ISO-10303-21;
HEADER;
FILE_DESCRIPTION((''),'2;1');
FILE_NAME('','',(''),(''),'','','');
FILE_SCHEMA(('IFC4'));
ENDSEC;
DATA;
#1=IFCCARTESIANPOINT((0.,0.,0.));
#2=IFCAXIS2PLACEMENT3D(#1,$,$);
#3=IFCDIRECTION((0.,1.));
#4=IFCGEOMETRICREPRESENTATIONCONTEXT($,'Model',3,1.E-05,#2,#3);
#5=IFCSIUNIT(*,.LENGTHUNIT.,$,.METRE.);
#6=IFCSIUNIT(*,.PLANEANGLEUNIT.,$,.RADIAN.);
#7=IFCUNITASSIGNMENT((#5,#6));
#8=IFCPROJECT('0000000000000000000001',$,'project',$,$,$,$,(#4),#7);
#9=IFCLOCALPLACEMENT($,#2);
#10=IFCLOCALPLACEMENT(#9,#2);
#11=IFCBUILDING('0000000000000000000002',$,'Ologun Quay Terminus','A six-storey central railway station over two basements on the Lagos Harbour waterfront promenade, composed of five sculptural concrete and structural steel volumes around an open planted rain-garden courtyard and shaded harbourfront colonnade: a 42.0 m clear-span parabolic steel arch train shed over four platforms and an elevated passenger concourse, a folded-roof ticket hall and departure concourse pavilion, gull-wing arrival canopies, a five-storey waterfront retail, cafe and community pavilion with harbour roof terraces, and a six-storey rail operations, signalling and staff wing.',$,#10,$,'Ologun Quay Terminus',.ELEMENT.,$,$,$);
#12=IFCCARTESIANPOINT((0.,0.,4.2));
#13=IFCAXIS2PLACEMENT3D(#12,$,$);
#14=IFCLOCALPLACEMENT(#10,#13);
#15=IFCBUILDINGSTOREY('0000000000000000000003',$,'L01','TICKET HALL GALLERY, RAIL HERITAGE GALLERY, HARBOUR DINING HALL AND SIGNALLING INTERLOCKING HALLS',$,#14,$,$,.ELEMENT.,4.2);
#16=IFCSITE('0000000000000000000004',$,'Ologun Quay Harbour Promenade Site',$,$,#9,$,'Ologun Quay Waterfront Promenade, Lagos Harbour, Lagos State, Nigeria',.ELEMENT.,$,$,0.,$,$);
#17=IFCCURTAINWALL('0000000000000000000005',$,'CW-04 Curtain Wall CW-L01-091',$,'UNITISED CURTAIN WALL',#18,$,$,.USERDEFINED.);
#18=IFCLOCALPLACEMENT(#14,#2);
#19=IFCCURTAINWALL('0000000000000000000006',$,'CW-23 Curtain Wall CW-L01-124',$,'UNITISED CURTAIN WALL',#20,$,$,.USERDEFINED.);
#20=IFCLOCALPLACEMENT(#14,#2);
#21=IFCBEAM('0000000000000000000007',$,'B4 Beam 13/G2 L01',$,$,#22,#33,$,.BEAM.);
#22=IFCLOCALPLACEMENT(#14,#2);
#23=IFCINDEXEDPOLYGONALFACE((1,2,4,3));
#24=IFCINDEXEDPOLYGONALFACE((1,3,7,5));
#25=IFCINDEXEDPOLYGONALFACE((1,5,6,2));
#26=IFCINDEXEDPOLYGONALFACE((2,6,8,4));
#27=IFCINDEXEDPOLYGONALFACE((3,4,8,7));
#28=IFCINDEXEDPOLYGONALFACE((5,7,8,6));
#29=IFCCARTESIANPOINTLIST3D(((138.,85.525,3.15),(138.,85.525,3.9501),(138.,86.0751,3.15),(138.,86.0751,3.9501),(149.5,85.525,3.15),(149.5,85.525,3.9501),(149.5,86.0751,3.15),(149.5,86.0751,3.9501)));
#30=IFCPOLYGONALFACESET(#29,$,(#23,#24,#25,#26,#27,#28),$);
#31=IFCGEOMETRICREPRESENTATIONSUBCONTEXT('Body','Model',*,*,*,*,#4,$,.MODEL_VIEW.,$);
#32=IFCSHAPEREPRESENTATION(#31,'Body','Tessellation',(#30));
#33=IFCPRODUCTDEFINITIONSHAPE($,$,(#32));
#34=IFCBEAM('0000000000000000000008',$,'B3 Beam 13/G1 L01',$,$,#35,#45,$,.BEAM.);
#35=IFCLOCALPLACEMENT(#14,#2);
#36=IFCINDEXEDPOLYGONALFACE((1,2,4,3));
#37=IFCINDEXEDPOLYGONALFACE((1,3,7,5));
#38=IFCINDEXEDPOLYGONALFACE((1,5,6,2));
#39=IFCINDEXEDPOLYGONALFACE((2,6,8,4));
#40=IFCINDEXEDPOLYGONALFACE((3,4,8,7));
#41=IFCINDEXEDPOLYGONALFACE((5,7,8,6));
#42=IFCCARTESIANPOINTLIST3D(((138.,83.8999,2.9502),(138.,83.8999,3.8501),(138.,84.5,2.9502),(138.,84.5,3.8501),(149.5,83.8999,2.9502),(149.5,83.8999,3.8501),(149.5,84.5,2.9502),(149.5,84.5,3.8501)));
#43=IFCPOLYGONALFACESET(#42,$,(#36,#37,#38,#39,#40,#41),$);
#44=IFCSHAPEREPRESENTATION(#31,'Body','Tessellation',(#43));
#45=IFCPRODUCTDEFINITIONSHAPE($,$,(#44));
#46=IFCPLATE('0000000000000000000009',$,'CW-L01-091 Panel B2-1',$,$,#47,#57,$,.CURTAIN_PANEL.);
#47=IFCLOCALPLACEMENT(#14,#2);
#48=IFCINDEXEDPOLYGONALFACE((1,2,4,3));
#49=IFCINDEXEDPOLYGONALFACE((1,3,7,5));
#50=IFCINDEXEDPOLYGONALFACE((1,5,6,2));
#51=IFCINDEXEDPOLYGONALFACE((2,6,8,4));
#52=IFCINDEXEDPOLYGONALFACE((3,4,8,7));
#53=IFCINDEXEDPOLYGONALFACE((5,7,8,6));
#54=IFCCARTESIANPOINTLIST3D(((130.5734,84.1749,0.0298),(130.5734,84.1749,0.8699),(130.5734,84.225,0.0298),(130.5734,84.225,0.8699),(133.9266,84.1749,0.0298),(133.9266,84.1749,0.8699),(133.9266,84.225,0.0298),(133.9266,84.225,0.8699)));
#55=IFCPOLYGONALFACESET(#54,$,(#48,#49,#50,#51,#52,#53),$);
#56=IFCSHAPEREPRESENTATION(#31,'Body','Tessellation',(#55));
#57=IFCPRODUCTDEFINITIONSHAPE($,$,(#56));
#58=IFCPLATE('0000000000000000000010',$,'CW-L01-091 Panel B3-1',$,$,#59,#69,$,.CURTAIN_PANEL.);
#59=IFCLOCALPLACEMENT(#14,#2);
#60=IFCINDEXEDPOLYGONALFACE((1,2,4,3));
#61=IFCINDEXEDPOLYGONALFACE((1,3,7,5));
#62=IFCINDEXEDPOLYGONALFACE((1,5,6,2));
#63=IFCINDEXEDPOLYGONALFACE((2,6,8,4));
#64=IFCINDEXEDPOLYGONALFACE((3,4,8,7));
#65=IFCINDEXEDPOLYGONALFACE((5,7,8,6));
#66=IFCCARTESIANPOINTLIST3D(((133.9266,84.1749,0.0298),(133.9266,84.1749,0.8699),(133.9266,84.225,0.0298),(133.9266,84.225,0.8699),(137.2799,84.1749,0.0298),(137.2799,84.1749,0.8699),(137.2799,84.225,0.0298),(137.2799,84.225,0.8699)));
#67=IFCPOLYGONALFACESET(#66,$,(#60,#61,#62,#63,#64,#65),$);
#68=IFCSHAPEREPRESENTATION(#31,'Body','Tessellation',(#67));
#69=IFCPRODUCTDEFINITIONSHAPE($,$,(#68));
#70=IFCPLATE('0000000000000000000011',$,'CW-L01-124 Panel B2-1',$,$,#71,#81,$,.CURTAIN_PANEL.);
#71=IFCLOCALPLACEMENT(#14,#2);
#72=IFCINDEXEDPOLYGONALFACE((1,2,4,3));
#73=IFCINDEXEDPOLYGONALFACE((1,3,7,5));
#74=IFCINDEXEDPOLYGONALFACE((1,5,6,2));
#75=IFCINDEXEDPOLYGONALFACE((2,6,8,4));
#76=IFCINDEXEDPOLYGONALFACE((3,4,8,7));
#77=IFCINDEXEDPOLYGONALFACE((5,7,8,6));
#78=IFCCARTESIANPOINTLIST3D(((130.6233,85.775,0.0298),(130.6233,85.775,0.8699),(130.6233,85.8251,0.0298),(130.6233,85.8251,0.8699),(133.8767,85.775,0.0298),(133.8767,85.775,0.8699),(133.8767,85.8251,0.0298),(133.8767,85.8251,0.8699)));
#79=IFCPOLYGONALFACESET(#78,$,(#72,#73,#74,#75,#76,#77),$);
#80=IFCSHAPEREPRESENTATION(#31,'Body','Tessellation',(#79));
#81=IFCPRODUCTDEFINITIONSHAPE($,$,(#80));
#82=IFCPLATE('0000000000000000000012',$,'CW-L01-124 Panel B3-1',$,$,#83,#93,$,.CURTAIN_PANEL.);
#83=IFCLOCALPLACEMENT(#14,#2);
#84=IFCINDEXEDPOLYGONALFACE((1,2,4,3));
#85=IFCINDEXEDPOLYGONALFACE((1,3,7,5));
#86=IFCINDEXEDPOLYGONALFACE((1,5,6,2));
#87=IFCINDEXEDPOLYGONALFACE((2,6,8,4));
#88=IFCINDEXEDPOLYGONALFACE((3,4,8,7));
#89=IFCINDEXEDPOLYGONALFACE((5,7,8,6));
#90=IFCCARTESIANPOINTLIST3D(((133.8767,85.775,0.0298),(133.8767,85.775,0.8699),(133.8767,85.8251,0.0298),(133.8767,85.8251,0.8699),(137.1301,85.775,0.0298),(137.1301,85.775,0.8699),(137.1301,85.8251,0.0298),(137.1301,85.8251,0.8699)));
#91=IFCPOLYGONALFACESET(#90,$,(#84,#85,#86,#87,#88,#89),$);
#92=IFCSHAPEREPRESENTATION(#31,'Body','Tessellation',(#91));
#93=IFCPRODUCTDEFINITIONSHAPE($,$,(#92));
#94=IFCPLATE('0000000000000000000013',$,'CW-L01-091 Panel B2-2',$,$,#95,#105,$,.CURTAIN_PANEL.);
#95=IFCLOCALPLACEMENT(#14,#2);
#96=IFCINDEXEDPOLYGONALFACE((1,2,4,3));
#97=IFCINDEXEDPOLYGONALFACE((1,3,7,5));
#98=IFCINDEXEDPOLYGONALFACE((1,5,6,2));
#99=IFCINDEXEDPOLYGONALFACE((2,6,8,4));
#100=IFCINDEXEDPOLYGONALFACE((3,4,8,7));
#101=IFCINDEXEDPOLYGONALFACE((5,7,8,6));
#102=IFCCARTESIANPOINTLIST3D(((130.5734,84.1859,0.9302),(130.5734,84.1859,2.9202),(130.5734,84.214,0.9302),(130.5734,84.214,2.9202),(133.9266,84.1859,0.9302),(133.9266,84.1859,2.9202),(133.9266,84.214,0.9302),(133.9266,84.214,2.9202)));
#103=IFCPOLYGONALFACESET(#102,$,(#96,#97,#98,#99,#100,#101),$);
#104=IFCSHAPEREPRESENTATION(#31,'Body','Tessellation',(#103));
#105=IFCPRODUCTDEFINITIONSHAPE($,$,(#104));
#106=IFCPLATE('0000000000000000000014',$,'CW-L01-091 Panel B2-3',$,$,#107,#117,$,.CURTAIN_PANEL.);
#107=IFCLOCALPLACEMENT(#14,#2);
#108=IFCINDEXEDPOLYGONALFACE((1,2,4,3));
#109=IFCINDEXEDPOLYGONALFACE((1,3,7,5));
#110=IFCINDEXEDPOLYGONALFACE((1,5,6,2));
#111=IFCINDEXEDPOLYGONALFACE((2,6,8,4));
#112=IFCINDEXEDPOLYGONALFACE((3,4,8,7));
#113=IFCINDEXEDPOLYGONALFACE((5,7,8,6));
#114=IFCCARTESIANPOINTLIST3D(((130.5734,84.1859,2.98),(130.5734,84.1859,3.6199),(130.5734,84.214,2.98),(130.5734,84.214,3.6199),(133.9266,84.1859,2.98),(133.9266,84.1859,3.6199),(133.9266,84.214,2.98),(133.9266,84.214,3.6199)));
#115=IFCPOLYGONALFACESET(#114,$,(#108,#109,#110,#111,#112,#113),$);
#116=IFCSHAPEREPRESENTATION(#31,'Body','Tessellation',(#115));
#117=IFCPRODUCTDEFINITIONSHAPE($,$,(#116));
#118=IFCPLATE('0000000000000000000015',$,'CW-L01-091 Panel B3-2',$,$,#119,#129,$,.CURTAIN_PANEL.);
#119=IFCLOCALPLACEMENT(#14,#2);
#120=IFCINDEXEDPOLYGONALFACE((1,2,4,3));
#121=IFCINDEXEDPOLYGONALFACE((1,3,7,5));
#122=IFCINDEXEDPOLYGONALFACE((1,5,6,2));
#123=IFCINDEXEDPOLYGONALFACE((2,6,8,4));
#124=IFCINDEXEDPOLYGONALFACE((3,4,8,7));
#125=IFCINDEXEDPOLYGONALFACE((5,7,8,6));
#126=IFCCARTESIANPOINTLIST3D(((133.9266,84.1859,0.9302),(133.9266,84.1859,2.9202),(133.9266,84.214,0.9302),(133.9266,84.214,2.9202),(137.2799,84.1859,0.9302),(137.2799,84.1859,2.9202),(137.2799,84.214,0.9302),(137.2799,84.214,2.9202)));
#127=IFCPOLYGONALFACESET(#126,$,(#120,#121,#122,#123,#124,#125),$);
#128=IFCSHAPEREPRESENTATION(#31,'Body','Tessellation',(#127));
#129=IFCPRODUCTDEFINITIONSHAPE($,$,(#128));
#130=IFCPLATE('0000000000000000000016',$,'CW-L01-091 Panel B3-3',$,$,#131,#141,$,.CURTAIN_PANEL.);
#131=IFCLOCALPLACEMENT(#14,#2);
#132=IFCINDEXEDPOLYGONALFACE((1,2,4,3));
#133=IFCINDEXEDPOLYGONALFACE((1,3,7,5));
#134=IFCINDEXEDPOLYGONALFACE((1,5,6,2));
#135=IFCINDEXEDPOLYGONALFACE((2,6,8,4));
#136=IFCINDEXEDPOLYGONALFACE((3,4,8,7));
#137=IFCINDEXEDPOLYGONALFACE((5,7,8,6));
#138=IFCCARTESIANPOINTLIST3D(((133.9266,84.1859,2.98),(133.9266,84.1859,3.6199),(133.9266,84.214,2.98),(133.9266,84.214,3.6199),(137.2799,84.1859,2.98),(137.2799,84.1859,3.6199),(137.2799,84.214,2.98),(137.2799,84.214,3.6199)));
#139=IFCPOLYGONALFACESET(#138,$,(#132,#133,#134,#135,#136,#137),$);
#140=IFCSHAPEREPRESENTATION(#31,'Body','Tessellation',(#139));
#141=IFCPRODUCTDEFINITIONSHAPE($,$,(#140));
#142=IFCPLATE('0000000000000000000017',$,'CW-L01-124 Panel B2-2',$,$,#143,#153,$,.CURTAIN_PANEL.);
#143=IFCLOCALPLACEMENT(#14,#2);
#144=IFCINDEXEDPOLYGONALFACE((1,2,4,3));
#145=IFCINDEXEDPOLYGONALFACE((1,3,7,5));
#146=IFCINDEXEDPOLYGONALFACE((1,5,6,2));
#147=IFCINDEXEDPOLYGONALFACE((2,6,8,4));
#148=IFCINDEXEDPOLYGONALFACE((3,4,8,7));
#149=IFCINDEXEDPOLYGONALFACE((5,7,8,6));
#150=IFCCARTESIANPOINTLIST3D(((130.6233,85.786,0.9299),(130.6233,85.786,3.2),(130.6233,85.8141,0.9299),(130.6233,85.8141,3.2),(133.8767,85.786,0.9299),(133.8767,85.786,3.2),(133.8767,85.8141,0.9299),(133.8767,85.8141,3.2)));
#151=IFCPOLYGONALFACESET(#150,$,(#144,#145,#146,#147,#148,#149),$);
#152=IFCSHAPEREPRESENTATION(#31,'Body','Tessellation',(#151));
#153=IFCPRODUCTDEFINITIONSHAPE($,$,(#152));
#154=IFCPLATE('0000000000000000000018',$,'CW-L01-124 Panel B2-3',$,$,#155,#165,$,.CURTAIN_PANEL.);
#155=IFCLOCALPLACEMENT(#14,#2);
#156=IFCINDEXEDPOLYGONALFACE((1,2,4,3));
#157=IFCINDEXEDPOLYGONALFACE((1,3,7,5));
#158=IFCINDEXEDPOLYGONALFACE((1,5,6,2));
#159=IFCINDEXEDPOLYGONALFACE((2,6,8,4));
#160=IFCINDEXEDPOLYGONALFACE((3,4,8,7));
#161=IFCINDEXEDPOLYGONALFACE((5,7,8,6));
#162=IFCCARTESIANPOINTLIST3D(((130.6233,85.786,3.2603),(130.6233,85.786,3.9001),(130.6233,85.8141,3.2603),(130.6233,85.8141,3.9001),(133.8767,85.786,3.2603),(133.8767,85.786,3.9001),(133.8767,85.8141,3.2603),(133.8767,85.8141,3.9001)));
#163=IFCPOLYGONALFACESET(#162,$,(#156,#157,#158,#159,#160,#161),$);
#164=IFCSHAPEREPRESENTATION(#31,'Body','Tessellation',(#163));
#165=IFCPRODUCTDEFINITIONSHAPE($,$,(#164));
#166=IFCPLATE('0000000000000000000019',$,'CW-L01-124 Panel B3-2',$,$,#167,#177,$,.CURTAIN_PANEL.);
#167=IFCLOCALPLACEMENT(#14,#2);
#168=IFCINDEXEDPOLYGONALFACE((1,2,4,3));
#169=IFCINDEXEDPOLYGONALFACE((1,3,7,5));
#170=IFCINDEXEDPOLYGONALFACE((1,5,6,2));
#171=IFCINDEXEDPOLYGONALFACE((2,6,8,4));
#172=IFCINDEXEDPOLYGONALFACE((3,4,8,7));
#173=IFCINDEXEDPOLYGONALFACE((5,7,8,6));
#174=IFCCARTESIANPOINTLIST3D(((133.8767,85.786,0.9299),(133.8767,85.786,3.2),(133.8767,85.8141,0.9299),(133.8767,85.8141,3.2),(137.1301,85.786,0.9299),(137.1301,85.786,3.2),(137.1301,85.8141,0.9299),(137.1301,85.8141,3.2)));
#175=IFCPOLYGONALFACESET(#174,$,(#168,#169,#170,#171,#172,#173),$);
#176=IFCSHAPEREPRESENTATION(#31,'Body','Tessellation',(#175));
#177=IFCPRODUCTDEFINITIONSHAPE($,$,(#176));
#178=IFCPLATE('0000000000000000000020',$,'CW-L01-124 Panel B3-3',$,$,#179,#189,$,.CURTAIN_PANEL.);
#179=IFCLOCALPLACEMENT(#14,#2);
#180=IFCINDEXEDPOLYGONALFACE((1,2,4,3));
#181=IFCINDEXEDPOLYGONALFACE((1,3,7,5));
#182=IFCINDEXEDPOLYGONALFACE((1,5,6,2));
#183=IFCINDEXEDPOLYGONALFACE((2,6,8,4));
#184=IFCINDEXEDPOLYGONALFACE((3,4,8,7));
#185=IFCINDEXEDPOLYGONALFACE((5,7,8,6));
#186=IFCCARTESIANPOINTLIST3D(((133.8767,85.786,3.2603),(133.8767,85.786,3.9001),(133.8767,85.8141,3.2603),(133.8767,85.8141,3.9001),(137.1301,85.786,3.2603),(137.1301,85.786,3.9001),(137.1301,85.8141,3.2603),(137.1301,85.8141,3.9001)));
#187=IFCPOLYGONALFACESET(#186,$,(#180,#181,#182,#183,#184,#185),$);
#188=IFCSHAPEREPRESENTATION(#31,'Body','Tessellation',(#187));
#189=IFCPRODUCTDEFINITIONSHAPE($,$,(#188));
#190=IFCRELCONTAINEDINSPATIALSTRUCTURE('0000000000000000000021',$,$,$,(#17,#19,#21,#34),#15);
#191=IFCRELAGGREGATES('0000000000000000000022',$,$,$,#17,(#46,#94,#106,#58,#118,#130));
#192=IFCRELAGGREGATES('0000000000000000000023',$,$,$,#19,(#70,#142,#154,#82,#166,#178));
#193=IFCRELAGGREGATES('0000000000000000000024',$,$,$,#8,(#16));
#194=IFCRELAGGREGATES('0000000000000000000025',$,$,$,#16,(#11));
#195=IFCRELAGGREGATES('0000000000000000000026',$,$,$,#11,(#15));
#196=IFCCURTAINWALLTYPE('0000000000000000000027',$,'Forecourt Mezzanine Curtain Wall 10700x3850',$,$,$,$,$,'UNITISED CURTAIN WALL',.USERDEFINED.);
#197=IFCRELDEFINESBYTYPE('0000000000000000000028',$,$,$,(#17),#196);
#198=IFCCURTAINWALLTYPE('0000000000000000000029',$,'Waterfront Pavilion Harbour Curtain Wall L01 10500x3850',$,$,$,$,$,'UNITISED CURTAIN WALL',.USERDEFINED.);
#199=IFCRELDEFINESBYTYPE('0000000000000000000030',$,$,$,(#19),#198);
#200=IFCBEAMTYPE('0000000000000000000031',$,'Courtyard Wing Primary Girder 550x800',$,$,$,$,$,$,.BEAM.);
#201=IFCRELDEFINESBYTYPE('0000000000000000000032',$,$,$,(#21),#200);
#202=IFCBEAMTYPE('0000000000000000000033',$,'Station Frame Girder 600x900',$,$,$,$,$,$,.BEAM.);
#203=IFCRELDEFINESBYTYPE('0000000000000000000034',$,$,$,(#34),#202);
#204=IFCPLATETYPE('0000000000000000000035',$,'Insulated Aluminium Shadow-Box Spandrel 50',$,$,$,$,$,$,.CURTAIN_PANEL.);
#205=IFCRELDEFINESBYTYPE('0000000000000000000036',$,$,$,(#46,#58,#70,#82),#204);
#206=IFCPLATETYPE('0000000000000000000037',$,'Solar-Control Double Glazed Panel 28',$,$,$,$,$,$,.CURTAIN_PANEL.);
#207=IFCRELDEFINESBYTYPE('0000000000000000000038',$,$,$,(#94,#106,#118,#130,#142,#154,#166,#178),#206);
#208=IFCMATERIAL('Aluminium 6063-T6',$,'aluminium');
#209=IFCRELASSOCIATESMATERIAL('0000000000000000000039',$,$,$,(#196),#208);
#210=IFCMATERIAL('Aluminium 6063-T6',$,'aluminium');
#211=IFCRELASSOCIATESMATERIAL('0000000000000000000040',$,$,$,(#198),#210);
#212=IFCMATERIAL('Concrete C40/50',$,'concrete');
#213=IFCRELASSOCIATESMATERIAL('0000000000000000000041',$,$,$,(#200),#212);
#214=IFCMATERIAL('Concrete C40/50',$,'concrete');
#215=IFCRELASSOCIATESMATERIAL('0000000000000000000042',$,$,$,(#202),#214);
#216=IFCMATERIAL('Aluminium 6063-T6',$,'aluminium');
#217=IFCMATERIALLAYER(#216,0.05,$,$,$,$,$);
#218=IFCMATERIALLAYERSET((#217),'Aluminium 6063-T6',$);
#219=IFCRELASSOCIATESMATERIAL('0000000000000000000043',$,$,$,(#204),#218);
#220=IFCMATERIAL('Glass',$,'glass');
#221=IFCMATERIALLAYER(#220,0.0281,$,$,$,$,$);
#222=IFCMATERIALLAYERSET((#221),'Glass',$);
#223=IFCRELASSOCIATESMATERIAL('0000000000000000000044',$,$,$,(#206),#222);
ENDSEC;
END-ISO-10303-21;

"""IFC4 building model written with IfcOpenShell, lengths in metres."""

from ifc_helpers import new_model, si_unit, direction, frame, origin, origin_2d, place, context, subcontext, project, spatial, rectangle, extrude, material, layer, layer_set, material_profile, profile_set, type_object, element, aggregate, save


model = new_model("IFC4")

# Units and contexts
model_context = context("Model", 3, precision=1e-05, world=origin(), true_north=direction((0.0, 1.0)))
body_context = subcontext(model_context, "Body", "Model", "MODEL_VIEW")
ifc_project = project(units=[si_unit("LENGTHUNIT", "METRE"), si_unit("PLANEANGLEUNIT", "RADIAN")], contexts=[model_context])

# Site, building, storey
site_placement = place(None, origin())
site = spatial("IfcSite", under=ifc_project, at=site_placement, Name="Ologun Quay Harbour Promenade Site", LongName="Ologun Quay Waterfront Promenade, Lagos Harbour, Lagos State, Nigeria", CompositionType="ELEMENT", RefElevation=0.0)
building_placement = place(site_placement, origin())
building = spatial("IfcBuilding", under=site, at=building_placement, Name="Ologun Quay Terminus", Description="A six-storey central railway station over two basements on the Lagos Harbour waterfront promenade, composed of five sculptural concrete and structural steel volumes around an open planted rain-garden courtyard and shaded harbourfront colonnade: a 42.0 m clear-span parabolic steel arch train shed over four platforms and an elevated passenger concourse, a folded-roof ticket hall and departure concourse pavilion, gull-wing arrival canopies, a five-storey waterfront retail, cafe and community pavilion with harbour roof terraces, and a six-storey rail operations, signalling and staff wing.", LongName="Ologun Quay Terminus", CompositionType="ELEMENT")
storey_placement = place(building_placement, frame((0.0, 0.0, 4.2)))
storey = spatial("IfcBuildingStorey", under=building, at=storey_placement, Name="L01", Description="TICKET HALL GALLERY, RAIL HERITAGE GALLERY, HARBOUR DINING HALL AND SIGNALLING INTERLOCKING HALLS", CompositionType="ELEMENT", Elevation=4.2)

# Curtain walls
ifc_material_1 = material(Name="Aluminium 6063-T6", Category="aluminium")
curtain_wall_type_1 = type_object("IfcCurtainWallType", Name="Forecourt Mezzanine Curtain Wall 10700x3850", ElementType="UNITISED CURTAIN WALL", PredefinedType="USERDEFINED", material=ifc_material_1)
curtain_wall_1_placement = place(storey_placement, origin())
curtain_wall_1 = element("IfcCurtainWall", 1, at=curtain_wall_1_placement, inside=storey, type_object=curtain_wall_type_1, Name="CW-04 Curtain Wall CW-L01-091", ObjectType="UNITISED CURTAIN WALL", PredefinedType="USERDEFINED")
ifc_material_2 = material(Name="Aluminium 6063-T6", Category="aluminium")
curtain_wall_type_2 = type_object("IfcCurtainWallType", Name="Waterfront Pavilion Harbour Curtain Wall L01 10500x3850", ElementType="UNITISED CURTAIN WALL", PredefinedType="USERDEFINED", material=ifc_material_2)
curtain_wall_2_placement = place(storey_placement, origin())
curtain_wall_2 = element("IfcCurtainWall", 2, at=curtain_wall_2_placement, inside=storey, type_object=curtain_wall_type_2, Name="CW-23 Curtain Wall CW-L01-124", ObjectType="UNITISED CURTAIN WALL", PredefinedType="USERDEFINED")

# Beams
ifc_material_3 = material(Name="Concrete C40/50", Category="concrete")
ifc_material_profile_1 = material_profile(ifc_material_3, rectangle(XDim=0.55, YDim=0.8, at=origin_2d()), Name="RC 550x800")
ifc_profile_set_1 = profile_set([ifc_material_profile_1], Name="Concrete C40/50")
beam_type_1 = type_object("IfcBeamType", Name="Courtyard Wing Primary Girder 550x800", PredefinedType="BEAM", material=ifc_profile_set_1)
beam_1_placement = place(storey_placement, frame((138.0, 85.8, 3.55), z_axis=(1.0, 0.0, 0.0), x_axis=(0.0, 1.0, 0.0)))
element("IfcBeam", 3, at=beam_1_placement, inside=storey, type_object=beam_type_1, Name="B4 Beam 13/G2 L01", PredefinedType="BEAM", context=body_context, shape_type="SweptSolid", body=[
    extrude(rectangle(XDim=0.55, YDim=0.8, at=origin_2d()), origin(), (0.0, 0.0, 1.0), 11.5),
])
ifc_material_4 = material(Name="Concrete C40/50", Category="concrete")
ifc_material_profile_2 = material_profile(ifc_material_4, rectangle(XDim=0.6001, YDim=0.8999, at=origin_2d()), Name="RC 600x900")
ifc_profile_set_2 = profile_set([ifc_material_profile_2], Name="Concrete C40/50")
beam_type_2 = type_object("IfcBeamType", Name="Station Frame Girder 600x900", PredefinedType="BEAM", material=ifc_profile_set_2)
beam_2_placement = place(storey_placement, frame((138.0, 84.2, 3.4001), z_axis=(1.0, 0.0, 0.0), x_axis=(0.0, 1.0, 0.0)))
element("IfcBeam", 4, at=beam_2_placement, inside=storey, type_object=beam_type_2, Name="B3 Beam 13/G1 L01", PredefinedType="BEAM", context=body_context, shape_type="SweptSolid", body=[
    extrude(rectangle(XDim=0.6001, YDim=0.8999, at=origin_2d()), origin(), (0.0, 0.0, 1.0), 11.5),
])

# Plates
ifc_material_5 = material(Name="Aluminium 6063-T6", Category="aluminium")
ifc_layer_1 = layer(ifc_material_5, 0.05)
ifc_layer_set_1 = layer_set([ifc_layer_1], Name="Aluminium 6063-T6")
plate_type_1 = type_object("IfcPlateType", Name="Insulated Aluminium Shadow-Box Spandrel 50", PredefinedType="CURTAIN_PANEL", material=ifc_layer_set_1)
plate_1_placement = place(storey_placement, frame((132.25, 84.2, 0.0298), z_axis=(0.0, 0.0, 1.0), x_axis=(1.0, 0.0, 0.0)))
plate_1 = element("IfcPlate", 5, at=plate_1_placement, type_object=plate_type_1, Name="CW-L01-091 Panel B2-1", PredefinedType="CURTAIN_PANEL", context=body_context, shape_type="SweptSolid", body=[
    extrude(rectangle(XDim=3.3533, YDim=0.05, at=origin_2d()), origin(), (0.0, 0.0, 1.0), 0.8401),
])
plate_2_placement = place(storey_placement, frame((135.6033, 84.2, 0.0298), z_axis=(0.0, 0.0, 1.0), x_axis=(1.0, 0.0, 0.0)))
plate_2 = element("IfcPlate", 6, at=plate_2_placement, type_object=plate_type_1, Name="CW-L01-091 Panel B3-1", PredefinedType="CURTAIN_PANEL", context=body_context, shape_type="SweptSolid", body=[
    extrude(rectangle(XDim=3.3533, YDim=0.05, at=origin_2d()), origin(), (0.0, 0.0, 1.0), 0.8401),
])
plate_3_placement = place(storey_placement, frame((132.25, 85.8, 0.0298), z_axis=(0.0, 0.0, 1.0), x_axis=(1.0, 0.0, 0.0)))
plate_3 = element("IfcPlate", 7, at=plate_3_placement, type_object=plate_type_1, Name="CW-L01-124 Panel B2-1", PredefinedType="CURTAIN_PANEL", context=body_context, shape_type="SweptSolid", body=[
    extrude(rectangle(XDim=3.2534, YDim=0.05, at=origin_2d()), origin(), (0.0, 0.0, 1.0), 0.8401),
])
plate_4_placement = place(storey_placement, frame((135.5034, 85.8, 0.0298), z_axis=(0.0, 0.0, 1.0), x_axis=(1.0, 0.0, 0.0)))
plate_4 = element("IfcPlate", 8, at=plate_4_placement, type_object=plate_type_1, Name="CW-L01-124 Panel B3-1", PredefinedType="CURTAIN_PANEL", context=body_context, shape_type="SweptSolid", body=[
    extrude(rectangle(XDim=3.2534, YDim=0.05, at=origin_2d()), origin(), (0.0, 0.0, 1.0), 0.8401),
])
ifc_material_6 = material(Name="Glass", Category="glass")
ifc_layer_2 = layer(ifc_material_6, 0.0281)
ifc_layer_set_2 = layer_set([ifc_layer_2], Name="Glass")
plate_type_2 = type_object("IfcPlateType", Name="Solar-Control Double Glazed Panel 28", PredefinedType="CURTAIN_PANEL", material=ifc_layer_set_2)
plate_5_placement = place(storey_placement, frame((132.25, 84.2, 0.9302), z_axis=(0.0, 0.0, 1.0), x_axis=(1.0, 0.0, 0.0)))
plate_5 = element("IfcPlate", 9, at=plate_5_placement, type_object=plate_type_2, Name="CW-L01-091 Panel B2-2", PredefinedType="CURTAIN_PANEL", context=body_context, shape_type="SweptSolid", body=[
    extrude(rectangle(XDim=3.3533, YDim=0.0281, at=origin_2d()), origin(), (0.0, 0.0, 1.0), 1.99),
])
plate_6_placement = place(storey_placement, frame((132.25, 84.2, 2.98), z_axis=(0.0, 0.0, 1.0), x_axis=(1.0, 0.0, 0.0)))
plate_6 = element("IfcPlate", 10, at=plate_6_placement, type_object=plate_type_2, Name="CW-L01-091 Panel B2-3", PredefinedType="CURTAIN_PANEL", context=body_context, shape_type="SweptSolid", body=[
    extrude(rectangle(XDim=3.3533, YDim=0.0281, at=origin_2d()), origin(), (0.0, 0.0, 1.0), 0.6399),
])
plate_7_placement = place(storey_placement, frame((135.6033, 84.2, 0.9302), z_axis=(0.0, 0.0, 1.0), x_axis=(1.0, 0.0, 0.0)))
plate_7 = element("IfcPlate", 11, at=plate_7_placement, type_object=plate_type_2, Name="CW-L01-091 Panel B3-2", PredefinedType="CURTAIN_PANEL", context=body_context, shape_type="SweptSolid", body=[
    extrude(rectangle(XDim=3.3533, YDim=0.0281, at=origin_2d()), origin(), (0.0, 0.0, 1.0), 1.99),
])
plate_8_placement = place(storey_placement, frame((135.6033, 84.2, 2.98), z_axis=(0.0, 0.0, 1.0), x_axis=(1.0, 0.0, 0.0)))
plate_8 = element("IfcPlate", 12, at=plate_8_placement, type_object=plate_type_2, Name="CW-L01-091 Panel B3-3", PredefinedType="CURTAIN_PANEL", context=body_context, shape_type="SweptSolid", body=[
    extrude(rectangle(XDim=3.3533, YDim=0.0281, at=origin_2d()), origin(), (0.0, 0.0, 1.0), 0.6399),
])
aggregate(curtain_wall_1, [plate_1, plate_5, plate_6, plate_2, plate_7, plate_8])
plate_9_placement = place(storey_placement, frame((132.25, 85.8, 0.9299), z_axis=(0.0, 0.0, 1.0), x_axis=(1.0, 0.0, 0.0)))
plate_9 = element("IfcPlate", 13, at=plate_9_placement, type_object=plate_type_2, Name="CW-L01-124 Panel B2-2", PredefinedType="CURTAIN_PANEL", context=body_context, shape_type="SweptSolid", body=[
    extrude(rectangle(XDim=3.2534, YDim=0.0281, at=origin_2d()), origin(), (0.0, 0.0, 1.0), 2.27),
])
plate_10_placement = place(storey_placement, frame((132.25, 85.8, 3.2603), z_axis=(0.0, 0.0, 1.0), x_axis=(1.0, 0.0, 0.0)))
plate_10 = element("IfcPlate", 14, at=plate_10_placement, type_object=plate_type_2, Name="CW-L01-124 Panel B2-3", PredefinedType="CURTAIN_PANEL", context=body_context, shape_type="SweptSolid", body=[
    extrude(rectangle(XDim=3.2534, YDim=0.0281, at=origin_2d()), origin(), (0.0, 0.0, 1.0), 0.6399),
])
plate_11_placement = place(storey_placement, frame((135.5034, 85.8, 0.9299), z_axis=(0.0, 0.0, 1.0), x_axis=(1.0, 0.0, 0.0)))
plate_11 = element("IfcPlate", 15, at=plate_11_placement, type_object=plate_type_2, Name="CW-L01-124 Panel B3-2", PredefinedType="CURTAIN_PANEL", context=body_context, shape_type="SweptSolid", body=[
    extrude(rectangle(XDim=3.2534, YDim=0.0281, at=origin_2d()), origin(), (0.0, 0.0, 1.0), 2.27),
])
plate_12_placement = place(storey_placement, frame((135.5034, 85.8, 3.2603), z_axis=(0.0, 0.0, 1.0), x_axis=(1.0, 0.0, 0.0)))
plate_12 = element("IfcPlate", 16, at=plate_12_placement, type_object=plate_type_2, Name="CW-L01-124 Panel B3-3", PredefinedType="CURTAIN_PANEL", context=body_context, shape_type="SweptSolid", body=[
    extrude(rectangle(XDim=3.2534, YDim=0.0281, at=origin_2d()), origin(), (0.0, 0.0, 1.0), 0.6399),
])
aggregate(curtain_wall_2, [plate_3, plate_9, plate_10, plate_4, plate_11, plate_12])

save(model, "model.ifc")
